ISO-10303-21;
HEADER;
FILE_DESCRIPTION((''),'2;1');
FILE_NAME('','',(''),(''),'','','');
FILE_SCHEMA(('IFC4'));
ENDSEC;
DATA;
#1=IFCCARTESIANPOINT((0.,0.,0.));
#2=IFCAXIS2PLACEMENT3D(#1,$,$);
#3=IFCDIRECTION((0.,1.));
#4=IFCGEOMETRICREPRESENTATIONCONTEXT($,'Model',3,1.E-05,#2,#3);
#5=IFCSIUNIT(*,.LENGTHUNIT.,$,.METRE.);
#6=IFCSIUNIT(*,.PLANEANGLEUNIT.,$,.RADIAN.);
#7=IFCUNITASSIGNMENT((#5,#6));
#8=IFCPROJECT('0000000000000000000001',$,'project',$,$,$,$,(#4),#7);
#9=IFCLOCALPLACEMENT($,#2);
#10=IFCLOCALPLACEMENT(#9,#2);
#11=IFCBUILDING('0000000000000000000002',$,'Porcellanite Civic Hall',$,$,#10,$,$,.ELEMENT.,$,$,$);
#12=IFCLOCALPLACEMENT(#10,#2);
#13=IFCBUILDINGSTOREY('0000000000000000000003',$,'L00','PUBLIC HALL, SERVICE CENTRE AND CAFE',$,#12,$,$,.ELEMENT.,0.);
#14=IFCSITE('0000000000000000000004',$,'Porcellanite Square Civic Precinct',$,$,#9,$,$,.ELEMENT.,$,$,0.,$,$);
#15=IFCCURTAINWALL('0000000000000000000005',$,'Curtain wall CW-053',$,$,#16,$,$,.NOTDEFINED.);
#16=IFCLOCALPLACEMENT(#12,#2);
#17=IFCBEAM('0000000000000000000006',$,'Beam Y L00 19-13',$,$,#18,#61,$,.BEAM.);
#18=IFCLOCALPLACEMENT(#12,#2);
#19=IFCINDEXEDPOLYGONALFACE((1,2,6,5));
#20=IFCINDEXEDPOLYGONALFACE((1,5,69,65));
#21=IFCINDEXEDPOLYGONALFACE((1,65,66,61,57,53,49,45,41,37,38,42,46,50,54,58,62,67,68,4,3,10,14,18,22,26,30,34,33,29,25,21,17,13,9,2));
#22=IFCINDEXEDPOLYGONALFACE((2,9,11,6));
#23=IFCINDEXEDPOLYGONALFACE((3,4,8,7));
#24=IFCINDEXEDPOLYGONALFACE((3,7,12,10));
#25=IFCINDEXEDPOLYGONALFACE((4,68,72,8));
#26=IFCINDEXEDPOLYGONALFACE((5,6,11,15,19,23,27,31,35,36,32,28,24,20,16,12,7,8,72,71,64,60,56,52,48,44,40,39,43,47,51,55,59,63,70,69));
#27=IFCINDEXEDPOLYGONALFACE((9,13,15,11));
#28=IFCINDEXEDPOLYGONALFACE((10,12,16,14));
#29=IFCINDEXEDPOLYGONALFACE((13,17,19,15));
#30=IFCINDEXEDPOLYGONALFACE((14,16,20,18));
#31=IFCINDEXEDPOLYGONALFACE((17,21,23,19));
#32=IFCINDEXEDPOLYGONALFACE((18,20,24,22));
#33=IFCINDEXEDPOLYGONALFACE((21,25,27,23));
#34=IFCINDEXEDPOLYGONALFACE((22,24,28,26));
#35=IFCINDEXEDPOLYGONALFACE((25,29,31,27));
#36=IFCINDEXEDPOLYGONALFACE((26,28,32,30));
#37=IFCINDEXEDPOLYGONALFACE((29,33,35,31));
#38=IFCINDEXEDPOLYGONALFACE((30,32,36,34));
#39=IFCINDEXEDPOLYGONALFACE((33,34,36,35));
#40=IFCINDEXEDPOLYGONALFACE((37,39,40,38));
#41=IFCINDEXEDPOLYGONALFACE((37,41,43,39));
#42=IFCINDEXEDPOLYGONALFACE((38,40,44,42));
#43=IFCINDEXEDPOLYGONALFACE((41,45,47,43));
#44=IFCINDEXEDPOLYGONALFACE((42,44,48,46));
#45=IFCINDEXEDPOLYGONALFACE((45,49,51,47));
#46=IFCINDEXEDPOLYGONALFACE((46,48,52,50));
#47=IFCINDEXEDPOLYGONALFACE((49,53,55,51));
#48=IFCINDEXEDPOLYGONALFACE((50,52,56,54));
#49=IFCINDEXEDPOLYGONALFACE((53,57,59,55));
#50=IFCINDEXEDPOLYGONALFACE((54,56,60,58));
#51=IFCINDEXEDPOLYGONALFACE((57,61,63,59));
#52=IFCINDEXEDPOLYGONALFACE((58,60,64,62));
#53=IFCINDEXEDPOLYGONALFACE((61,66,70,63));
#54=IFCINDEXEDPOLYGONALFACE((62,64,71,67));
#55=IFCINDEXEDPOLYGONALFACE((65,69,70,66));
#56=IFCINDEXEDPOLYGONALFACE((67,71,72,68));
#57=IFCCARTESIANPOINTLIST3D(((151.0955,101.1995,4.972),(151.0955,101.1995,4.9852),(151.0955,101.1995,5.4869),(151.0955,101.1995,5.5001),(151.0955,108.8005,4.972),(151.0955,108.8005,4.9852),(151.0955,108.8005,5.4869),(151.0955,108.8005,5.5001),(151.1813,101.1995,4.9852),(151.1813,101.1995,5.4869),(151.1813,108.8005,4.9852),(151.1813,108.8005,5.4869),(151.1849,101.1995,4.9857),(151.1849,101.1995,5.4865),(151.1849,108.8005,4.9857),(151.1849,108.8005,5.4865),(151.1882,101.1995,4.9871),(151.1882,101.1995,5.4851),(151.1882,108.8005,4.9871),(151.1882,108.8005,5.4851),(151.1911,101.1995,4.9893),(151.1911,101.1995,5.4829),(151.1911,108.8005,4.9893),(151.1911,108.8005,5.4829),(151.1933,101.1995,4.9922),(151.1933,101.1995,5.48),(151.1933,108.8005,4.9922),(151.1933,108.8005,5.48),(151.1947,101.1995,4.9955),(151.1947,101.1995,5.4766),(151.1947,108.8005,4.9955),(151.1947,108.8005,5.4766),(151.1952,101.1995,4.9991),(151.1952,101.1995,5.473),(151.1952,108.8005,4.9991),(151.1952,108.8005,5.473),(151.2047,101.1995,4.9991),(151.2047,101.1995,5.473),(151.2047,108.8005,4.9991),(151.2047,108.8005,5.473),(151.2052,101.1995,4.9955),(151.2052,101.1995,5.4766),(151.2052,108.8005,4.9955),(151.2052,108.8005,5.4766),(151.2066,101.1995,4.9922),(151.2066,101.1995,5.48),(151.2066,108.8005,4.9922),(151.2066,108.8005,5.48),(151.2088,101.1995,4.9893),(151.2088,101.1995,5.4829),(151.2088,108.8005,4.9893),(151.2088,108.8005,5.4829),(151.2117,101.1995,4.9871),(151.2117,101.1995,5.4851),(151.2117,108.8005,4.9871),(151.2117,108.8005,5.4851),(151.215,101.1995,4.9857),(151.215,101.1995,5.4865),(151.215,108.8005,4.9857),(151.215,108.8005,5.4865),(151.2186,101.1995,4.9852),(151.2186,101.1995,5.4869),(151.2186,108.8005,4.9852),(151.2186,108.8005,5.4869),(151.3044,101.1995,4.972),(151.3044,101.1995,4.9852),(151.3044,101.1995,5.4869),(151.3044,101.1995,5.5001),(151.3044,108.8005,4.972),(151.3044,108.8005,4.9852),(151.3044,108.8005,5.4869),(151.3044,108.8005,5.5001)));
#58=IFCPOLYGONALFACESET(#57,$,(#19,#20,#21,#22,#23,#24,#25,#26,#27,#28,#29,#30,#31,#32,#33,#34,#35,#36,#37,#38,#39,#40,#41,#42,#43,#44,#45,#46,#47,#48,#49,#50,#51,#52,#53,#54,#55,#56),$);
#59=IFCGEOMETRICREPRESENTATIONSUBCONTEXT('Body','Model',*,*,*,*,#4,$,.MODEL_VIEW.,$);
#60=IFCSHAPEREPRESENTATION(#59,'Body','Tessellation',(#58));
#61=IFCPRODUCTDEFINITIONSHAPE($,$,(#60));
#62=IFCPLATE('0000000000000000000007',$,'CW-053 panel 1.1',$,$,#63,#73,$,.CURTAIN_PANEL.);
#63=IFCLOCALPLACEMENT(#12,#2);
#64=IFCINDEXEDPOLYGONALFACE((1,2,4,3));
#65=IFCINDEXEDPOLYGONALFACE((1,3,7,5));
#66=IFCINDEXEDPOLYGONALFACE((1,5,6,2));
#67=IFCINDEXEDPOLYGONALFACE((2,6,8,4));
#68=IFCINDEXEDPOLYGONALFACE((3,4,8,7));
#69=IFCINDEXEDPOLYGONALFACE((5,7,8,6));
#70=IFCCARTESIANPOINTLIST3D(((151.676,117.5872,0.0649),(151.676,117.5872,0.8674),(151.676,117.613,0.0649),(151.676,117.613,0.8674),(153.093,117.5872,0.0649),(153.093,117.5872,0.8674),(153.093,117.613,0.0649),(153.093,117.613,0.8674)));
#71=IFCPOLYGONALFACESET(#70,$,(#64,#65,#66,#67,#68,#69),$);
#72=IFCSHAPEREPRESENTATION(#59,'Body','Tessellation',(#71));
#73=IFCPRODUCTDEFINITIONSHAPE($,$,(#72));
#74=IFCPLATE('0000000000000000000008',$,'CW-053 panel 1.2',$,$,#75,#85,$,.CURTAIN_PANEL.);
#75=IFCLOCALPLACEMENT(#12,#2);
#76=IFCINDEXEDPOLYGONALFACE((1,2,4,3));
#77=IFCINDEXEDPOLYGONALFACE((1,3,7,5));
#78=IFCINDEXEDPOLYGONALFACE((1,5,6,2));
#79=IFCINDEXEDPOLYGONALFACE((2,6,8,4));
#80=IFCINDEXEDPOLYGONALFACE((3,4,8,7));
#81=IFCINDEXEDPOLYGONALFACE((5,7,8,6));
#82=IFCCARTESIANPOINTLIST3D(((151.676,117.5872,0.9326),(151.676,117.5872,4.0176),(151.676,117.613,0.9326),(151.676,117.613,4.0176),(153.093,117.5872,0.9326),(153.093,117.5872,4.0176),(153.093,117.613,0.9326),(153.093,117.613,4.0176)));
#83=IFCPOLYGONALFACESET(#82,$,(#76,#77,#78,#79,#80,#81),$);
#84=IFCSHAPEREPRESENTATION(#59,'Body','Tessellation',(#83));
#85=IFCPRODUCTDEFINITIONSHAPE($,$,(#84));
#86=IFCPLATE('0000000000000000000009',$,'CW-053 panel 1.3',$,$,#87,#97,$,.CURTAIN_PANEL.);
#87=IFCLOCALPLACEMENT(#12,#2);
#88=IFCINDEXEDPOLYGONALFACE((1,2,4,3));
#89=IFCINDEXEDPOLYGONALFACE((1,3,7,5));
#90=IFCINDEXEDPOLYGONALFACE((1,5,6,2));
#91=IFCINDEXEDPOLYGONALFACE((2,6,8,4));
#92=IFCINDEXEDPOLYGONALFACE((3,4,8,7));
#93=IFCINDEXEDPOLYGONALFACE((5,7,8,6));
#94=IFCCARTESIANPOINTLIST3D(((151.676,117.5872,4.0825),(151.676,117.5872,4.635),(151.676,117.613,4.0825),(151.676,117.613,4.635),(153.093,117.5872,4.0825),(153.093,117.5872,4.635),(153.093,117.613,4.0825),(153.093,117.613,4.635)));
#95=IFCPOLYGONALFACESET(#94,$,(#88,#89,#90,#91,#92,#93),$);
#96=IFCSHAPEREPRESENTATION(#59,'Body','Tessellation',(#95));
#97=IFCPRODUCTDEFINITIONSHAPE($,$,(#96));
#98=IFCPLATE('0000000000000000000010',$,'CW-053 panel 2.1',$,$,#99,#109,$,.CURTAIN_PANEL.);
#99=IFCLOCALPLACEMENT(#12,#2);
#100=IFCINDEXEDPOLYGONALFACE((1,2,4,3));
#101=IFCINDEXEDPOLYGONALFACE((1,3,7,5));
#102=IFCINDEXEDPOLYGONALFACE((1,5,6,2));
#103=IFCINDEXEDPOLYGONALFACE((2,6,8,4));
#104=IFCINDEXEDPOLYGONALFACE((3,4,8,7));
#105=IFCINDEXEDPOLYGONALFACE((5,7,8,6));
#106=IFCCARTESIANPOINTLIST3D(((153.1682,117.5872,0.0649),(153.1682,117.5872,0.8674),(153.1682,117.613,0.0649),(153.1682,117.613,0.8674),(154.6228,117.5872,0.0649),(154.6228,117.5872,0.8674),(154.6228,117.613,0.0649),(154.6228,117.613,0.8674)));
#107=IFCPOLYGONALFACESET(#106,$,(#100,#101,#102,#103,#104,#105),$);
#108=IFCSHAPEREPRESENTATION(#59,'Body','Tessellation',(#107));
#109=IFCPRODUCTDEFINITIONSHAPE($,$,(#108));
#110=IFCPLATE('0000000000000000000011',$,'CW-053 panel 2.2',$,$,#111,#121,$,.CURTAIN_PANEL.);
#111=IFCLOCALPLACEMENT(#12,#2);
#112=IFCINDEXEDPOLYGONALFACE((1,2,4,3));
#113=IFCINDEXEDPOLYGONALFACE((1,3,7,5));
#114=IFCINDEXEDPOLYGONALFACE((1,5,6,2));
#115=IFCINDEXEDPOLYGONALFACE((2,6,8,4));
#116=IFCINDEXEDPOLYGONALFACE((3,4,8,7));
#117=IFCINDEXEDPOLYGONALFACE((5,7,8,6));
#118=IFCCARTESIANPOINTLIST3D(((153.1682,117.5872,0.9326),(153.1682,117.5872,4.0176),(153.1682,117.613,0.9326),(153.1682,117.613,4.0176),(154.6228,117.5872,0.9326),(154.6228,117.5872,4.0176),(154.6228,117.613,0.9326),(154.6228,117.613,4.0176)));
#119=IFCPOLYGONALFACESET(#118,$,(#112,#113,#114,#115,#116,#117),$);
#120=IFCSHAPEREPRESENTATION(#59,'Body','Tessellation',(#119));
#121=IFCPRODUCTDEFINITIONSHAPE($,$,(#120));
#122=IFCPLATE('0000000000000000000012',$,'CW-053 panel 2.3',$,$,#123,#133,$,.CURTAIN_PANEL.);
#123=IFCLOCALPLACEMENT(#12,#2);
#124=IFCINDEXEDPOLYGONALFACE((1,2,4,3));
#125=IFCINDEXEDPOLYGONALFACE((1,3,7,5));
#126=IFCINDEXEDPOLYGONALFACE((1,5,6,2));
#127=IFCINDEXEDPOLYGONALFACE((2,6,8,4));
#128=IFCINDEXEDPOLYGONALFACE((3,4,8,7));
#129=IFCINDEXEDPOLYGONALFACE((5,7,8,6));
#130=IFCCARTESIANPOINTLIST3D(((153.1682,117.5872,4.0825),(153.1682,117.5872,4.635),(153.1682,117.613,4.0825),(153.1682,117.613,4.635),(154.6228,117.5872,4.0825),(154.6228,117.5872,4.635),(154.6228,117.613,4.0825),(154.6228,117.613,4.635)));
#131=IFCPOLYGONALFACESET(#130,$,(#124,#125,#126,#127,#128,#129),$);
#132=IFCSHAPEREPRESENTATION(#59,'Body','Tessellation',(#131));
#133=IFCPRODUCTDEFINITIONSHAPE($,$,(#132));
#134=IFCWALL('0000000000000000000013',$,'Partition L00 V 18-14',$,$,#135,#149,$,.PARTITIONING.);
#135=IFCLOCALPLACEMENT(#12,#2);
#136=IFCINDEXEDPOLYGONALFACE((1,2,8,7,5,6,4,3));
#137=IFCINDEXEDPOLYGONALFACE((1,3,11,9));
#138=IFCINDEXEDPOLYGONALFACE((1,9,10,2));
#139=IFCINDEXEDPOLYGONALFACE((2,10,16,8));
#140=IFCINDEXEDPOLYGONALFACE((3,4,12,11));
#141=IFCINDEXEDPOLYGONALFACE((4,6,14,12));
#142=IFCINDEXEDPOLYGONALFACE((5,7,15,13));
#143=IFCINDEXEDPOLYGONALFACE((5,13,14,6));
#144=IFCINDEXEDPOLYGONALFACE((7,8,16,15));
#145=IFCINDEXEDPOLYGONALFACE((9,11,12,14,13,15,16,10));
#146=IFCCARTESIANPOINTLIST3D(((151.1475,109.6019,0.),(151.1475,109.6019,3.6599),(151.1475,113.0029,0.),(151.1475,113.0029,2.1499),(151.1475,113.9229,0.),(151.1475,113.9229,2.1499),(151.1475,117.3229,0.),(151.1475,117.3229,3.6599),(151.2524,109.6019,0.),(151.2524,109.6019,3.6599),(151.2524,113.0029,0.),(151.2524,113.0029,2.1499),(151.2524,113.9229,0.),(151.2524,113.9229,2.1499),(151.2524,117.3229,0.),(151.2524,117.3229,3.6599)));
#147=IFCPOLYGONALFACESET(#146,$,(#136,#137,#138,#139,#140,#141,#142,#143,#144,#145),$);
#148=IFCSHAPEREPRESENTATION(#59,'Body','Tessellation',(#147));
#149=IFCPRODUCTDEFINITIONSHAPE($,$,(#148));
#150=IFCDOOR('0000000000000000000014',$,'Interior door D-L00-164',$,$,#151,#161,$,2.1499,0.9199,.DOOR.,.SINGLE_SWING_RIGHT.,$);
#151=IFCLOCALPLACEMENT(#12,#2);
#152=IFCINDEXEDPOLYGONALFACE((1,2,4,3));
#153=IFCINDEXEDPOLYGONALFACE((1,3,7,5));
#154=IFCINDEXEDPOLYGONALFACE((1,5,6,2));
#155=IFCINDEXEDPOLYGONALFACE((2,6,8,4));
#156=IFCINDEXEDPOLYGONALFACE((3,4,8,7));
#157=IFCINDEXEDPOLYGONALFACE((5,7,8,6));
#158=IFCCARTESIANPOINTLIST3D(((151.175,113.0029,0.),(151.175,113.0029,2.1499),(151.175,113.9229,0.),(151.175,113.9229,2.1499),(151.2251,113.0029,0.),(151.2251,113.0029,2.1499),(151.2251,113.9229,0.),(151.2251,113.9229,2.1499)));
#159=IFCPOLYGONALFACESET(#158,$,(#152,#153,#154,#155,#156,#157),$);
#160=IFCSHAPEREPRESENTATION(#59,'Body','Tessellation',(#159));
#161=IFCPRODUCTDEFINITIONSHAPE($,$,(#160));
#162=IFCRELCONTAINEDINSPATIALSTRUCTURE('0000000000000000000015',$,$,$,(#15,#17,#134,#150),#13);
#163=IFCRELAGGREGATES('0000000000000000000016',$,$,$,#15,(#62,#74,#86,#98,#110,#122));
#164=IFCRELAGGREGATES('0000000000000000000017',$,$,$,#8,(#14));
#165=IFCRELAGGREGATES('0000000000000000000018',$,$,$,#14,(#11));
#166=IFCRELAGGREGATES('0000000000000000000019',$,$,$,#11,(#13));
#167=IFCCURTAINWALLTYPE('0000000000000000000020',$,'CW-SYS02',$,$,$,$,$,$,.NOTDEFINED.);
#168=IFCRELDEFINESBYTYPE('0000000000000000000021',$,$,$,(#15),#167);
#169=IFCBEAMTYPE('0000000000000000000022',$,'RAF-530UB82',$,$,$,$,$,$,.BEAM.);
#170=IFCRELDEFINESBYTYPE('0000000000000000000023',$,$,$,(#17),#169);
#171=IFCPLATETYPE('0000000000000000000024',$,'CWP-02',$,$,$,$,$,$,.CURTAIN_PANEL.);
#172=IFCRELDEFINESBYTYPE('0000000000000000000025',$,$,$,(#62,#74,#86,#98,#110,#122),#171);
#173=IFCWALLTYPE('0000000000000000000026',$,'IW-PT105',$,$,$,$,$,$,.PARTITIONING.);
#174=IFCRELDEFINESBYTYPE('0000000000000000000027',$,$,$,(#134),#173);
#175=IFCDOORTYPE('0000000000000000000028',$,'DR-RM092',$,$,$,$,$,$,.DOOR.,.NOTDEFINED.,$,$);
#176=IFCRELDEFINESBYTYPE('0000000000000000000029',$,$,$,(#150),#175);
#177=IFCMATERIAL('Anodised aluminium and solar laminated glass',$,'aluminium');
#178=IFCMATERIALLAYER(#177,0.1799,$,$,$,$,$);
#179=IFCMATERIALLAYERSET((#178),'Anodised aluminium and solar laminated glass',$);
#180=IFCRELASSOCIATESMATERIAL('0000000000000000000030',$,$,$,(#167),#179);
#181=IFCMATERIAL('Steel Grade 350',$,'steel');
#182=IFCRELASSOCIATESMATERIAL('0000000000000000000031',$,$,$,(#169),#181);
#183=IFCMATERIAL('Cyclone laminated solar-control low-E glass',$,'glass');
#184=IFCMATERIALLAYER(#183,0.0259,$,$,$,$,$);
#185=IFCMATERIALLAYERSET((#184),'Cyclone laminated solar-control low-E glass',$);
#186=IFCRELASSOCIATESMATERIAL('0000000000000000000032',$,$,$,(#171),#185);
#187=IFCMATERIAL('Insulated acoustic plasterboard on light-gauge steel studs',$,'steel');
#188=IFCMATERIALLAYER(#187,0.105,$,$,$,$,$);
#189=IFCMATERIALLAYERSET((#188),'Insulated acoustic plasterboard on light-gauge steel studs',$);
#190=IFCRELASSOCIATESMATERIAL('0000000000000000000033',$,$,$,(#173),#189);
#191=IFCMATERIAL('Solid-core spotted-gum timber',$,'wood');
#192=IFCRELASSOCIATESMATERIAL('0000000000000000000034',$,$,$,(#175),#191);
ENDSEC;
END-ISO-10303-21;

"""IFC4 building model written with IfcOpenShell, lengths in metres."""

from ifc_helpers import new_model, si_unit, direction, frame, frame_2d, origin, origin_2d, place, context, subcontext, project, spatial, rectangle, i_section, extrude, material, layer, layer_set, material_profile, profile_set, type_object, element, fill, aggregate, save


model = new_model("IFC4")

# Units and contexts
model_context = context("Model", 3, precision=1e-05, world=origin(), true_north=direction((0.0, 1.0)))
body_context = subcontext(model_context, "Body", "Model", "MODEL_VIEW")
ifc_project = project(units=[si_unit("LENGTHUNIT", "METRE"), si_unit("PLANEANGLEUNIT", "RADIAN")], contexts=[model_context])

# Site, building, storey
site_placement = place(None, origin())
site = spatial("IfcSite", under=ifc_project, at=site_placement, Name="Porcellanite Square Civic Precinct", CompositionType="ELEMENT", RefElevation=0.0)
building_placement = place(site_placement, origin())
building = spatial("IfcBuilding", under=site, at=building_placement, Name="Porcellanite Civic Hall", CompositionType="ELEMENT")
storey_placement = place(building_placement, origin())
storey = spatial("IfcBuildingStorey", under=building, at=storey_placement, Name="L00", Description="PUBLIC HALL, SERVICE CENTRE AND CAFE", CompositionType="ELEMENT", Elevation=0.0)

# Curtain wall
ifc_material_1 = material(Name="Anodised aluminium and solar laminated glass", Category="aluminium")
ifc_layer_1 = layer(ifc_material_1, 0.1799)
ifc_layer_set_1 = layer_set([ifc_layer_1], Name="Anodised aluminium and solar laminated glass")
curtain_wall_type = type_object("IfcCurtainWallType", Name="CW-SYS02", PredefinedType="NOTDEFINED", material=ifc_layer_set_1)
curtain_wall_placement = place(storey_placement, origin())
curtain_wall = element("IfcCurtainWall", 1, at=curtain_wall_placement, inside=storey, type_object=curtain_wall_type, Name="Curtain wall CW-053", PredefinedType="NOTDEFINED")

# Beam
ifc_material_2 = material(Name="Steel Grade 350", Category="steel")
ifc_material_profile_1 = material_profile(ifc_material_2, i_section(OverallWidth=0.209, OverallDepth=0.5281, WebThickness=0.0095, FlangeThickness=0.0132, FilletRadius=0.0139, at=origin_2d()), Name="530UB82.0")
ifc_profile_set_1 = profile_set([ifc_material_profile_1], Name="Steel Grade 350")
beam_type_1 = type_object("IfcBeamType", Name="RAF-530UB82", PredefinedType="BEAM", material=ifc_profile_set_1)
beam_1_placement = place(storey_placement, frame((151.2, 101.1995, 5.2361), z_axis=(0.0, 1.0, 0.0), x_axis=(-1.0, 0.0, 0.0)))
element("IfcBeam", 2, at=beam_1_placement, inside=storey, type_object=beam_type_1, Name="Beam Y L00 19-13", PredefinedType="BEAM", context=body_context, shape_type="SweptSolid", body=[
    extrude(i_section(OverallWidth=0.209, OverallDepth=0.5281, WebThickness=0.0095, FlangeThickness=0.0132, FilletRadius=0.0139, at=origin_2d()), origin(), (0.0, 0.0, 1.0), 7.6011),
])

# Plates
ifc_material_3 = material(Name="Cyclone laminated solar-control low-E glass", Category="glass")
ifc_layer_2 = layer(ifc_material_3, 0.0259)
ifc_layer_set_2 = layer_set([ifc_layer_2], Name="Cyclone laminated solar-control low-E glass")
plate_type = type_object("IfcPlateType", Name="CWP-02", PredefinedType="CURTAIN_PANEL", material=ifc_layer_set_2)
plate_1_placement = place(storey_placement, frame((152.3845, 117.6001, 0.0649), z_axis=(0.0, 0.0, 1.0), x_axis=(1.0, 0.0, 0.0)))
plate_1 = element("IfcPlate", 3, at=plate_1_placement, type_object=plate_type, Name="CW-053 panel 1.1", PredefinedType="CURTAIN_PANEL", context=body_context, shape_type="SweptSolid", body=[
    extrude(rectangle(XDim=1.417, YDim=0.0259, at=origin_2d()), origin(), (0.0, 0.0, 1.0), 0.8025),
])
plate_2_placement = place(storey_placement, frame((152.3845, 117.6001, 0.9326), z_axis=(0.0, 0.0, 1.0), x_axis=(1.0, 0.0, 0.0)))
plate_2 = element("IfcPlate", 4, at=plate_2_placement, type_object=plate_type, Name="CW-053 panel 1.2", PredefinedType="CURTAIN_PANEL", context=body_context, shape_type="SweptSolid", body=[
    extrude(rectangle(XDim=1.417, YDim=0.0259, at=origin_2d()), origin(), (0.0, 0.0, 1.0), 3.085),
])
plate_3_placement = place(storey_placement, frame((152.3845, 117.6001, 4.0825), z_axis=(0.0, 0.0, 1.0), x_axis=(1.0, 0.0, 0.0)))
plate_3 = element("IfcPlate", 5, at=plate_3_placement, type_object=plate_type, Name="CW-053 panel 1.3", PredefinedType="CURTAIN_PANEL", context=body_context, shape_type="SweptSolid", body=[
    extrude(rectangle(XDim=1.417, YDim=0.0259, at=origin_2d()), origin(), (0.0, 0.0, 1.0), 0.5525),
])
plate_4_placement = place(storey_placement, frame((153.8955, 117.6001, 0.0649), z_axis=(0.0, 0.0, 1.0), x_axis=(1.0, 0.0, 0.0)))
plate_4 = element("IfcPlate", 6, at=plate_4_placement, type_object=plate_type, Name="CW-053 panel 2.1", PredefinedType="CURTAIN_PANEL", context=body_context, shape_type="SweptSolid", body=[
    extrude(rectangle(XDim=1.4546, YDim=0.0259, at=origin_2d()), origin(), (0.0, 0.0, 1.0), 0.8025),
])
plate_5_placement = place(storey_placement, frame((153.8955, 117.6001, 0.9326), z_axis=(0.0, 0.0, 1.0), x_axis=(1.0, 0.0, 0.0)))
plate_5 = element("IfcPlate", 7, at=plate_5_placement, type_object=plate_type, Name="CW-053 panel 2.2", PredefinedType="CURTAIN_PANEL", context=body_context, shape_type="SweptSolid", body=[
    extrude(rectangle(XDim=1.4546, YDim=0.0259, at=origin_2d()), origin(), (0.0, 0.0, 1.0), 3.085),
])
plate_6_placement = place(storey_placement, frame((153.8955, 117.6001, 4.0825), z_axis=(0.0, 0.0, 1.0), x_axis=(1.0, 0.0, 0.0)))
plate_6 = element("IfcPlate", 8, at=plate_6_placement, type_object=plate_type, Name="CW-053 panel 2.3", PredefinedType="CURTAIN_PANEL", context=body_context, shape_type="SweptSolid", body=[
    extrude(rectangle(XDim=1.4546, YDim=0.0259, at=origin_2d()), origin(), (0.0, 0.0, 1.0), 0.5525),
])
aggregate(curtain_wall, [plate_1, plate_2, plate_3, plate_4, plate_5, plate_6])

# Wall, opening, door
ifc_material_4 = material(Name="Insulated acoustic plasterboard on light-gauge steel studs", Category="steel")
ifc_layer_3 = layer(ifc_material_4, 0.105)
ifc_layer_set_3 = layer_set([ifc_layer_3], Name="Insulated acoustic plasterboard on light-gauge steel studs")
wall_type_1 = type_object("IfcWallType", Name="IW-PT105", PredefinedType="PARTITIONING", material=ifc_layer_set_3)
wall_1_placement = place(storey_placement, frame((151.2, 109.6021, 0.0), z_axis=(0.0, 0.0, 1.0), x_axis=(0.0, 1.0, 0.0)))
wall_1 = element("IfcWall", 9, at=wall_1_placement, inside=storey, type_object=wall_type_1, Name="Partition L00 V 18-14", PredefinedType="PARTITIONING", context=body_context, shape_type="SweptSolid", body=[
    extrude(rectangle(XDim=7.7209, YDim=0.105, at=frame_2d((3.8604, 0.0))), origin(), (0.0, 0.0, 1.0), 3.6599),
])
opening_1_placement = place(wall_1_placement, frame((3.4009, 0.0, 0.0)))
opening_1 = element("IfcOpeningElement", 10, at=opening_1_placement, cuts=wall_1, PredefinedType="OPENING", context=body_context, shape_type="SweptSolid", body=[
    extrude(rectangle(XDim=0.9199, YDim=2.1499, at=frame_2d((0.46, 1.075))), frame((0.0, 0.0525, 0.0), z_axis=(0.0, -1.0, 0.0), x_axis=(1.0, 0.0, 0.0)), (0.0, 0.0, 1.0), 0.105),
])
ifc_material_5 = material(Name="Solid-core spotted-gum timber", Category="wood")
door_type_1 = type_object("IfcDoorType", Name="DR-RM092", OperationType="NOTDEFINED", PredefinedType="DOOR", material=ifc_material_5)
door_1_placement = place(opening_1_placement, origin())
door_1 = element("IfcDoor", 11, at=door_1_placement, inside=storey, type_object=door_type_1, Name="Interior door D-L00-164", OperationType="SINGLE_SWING_RIGHT", OverallHeight=2.1499, OverallWidth=0.9199, PredefinedType="DOOR", context=body_context, shape_type="SweptSolid", body=[
    extrude(rectangle(XDim=0.9199, YDim=2.1499, at=frame_2d((0.46, 1.075))), frame((0.0, 0.0249, 0.0), z_axis=(0.0, -1.0, 0.0), x_axis=(1.0, 0.0, 0.0)), (0.0, 0.0, 1.0), 0.05),
])
fill(opening_1, door_1)

save(model, "model.ifc")
